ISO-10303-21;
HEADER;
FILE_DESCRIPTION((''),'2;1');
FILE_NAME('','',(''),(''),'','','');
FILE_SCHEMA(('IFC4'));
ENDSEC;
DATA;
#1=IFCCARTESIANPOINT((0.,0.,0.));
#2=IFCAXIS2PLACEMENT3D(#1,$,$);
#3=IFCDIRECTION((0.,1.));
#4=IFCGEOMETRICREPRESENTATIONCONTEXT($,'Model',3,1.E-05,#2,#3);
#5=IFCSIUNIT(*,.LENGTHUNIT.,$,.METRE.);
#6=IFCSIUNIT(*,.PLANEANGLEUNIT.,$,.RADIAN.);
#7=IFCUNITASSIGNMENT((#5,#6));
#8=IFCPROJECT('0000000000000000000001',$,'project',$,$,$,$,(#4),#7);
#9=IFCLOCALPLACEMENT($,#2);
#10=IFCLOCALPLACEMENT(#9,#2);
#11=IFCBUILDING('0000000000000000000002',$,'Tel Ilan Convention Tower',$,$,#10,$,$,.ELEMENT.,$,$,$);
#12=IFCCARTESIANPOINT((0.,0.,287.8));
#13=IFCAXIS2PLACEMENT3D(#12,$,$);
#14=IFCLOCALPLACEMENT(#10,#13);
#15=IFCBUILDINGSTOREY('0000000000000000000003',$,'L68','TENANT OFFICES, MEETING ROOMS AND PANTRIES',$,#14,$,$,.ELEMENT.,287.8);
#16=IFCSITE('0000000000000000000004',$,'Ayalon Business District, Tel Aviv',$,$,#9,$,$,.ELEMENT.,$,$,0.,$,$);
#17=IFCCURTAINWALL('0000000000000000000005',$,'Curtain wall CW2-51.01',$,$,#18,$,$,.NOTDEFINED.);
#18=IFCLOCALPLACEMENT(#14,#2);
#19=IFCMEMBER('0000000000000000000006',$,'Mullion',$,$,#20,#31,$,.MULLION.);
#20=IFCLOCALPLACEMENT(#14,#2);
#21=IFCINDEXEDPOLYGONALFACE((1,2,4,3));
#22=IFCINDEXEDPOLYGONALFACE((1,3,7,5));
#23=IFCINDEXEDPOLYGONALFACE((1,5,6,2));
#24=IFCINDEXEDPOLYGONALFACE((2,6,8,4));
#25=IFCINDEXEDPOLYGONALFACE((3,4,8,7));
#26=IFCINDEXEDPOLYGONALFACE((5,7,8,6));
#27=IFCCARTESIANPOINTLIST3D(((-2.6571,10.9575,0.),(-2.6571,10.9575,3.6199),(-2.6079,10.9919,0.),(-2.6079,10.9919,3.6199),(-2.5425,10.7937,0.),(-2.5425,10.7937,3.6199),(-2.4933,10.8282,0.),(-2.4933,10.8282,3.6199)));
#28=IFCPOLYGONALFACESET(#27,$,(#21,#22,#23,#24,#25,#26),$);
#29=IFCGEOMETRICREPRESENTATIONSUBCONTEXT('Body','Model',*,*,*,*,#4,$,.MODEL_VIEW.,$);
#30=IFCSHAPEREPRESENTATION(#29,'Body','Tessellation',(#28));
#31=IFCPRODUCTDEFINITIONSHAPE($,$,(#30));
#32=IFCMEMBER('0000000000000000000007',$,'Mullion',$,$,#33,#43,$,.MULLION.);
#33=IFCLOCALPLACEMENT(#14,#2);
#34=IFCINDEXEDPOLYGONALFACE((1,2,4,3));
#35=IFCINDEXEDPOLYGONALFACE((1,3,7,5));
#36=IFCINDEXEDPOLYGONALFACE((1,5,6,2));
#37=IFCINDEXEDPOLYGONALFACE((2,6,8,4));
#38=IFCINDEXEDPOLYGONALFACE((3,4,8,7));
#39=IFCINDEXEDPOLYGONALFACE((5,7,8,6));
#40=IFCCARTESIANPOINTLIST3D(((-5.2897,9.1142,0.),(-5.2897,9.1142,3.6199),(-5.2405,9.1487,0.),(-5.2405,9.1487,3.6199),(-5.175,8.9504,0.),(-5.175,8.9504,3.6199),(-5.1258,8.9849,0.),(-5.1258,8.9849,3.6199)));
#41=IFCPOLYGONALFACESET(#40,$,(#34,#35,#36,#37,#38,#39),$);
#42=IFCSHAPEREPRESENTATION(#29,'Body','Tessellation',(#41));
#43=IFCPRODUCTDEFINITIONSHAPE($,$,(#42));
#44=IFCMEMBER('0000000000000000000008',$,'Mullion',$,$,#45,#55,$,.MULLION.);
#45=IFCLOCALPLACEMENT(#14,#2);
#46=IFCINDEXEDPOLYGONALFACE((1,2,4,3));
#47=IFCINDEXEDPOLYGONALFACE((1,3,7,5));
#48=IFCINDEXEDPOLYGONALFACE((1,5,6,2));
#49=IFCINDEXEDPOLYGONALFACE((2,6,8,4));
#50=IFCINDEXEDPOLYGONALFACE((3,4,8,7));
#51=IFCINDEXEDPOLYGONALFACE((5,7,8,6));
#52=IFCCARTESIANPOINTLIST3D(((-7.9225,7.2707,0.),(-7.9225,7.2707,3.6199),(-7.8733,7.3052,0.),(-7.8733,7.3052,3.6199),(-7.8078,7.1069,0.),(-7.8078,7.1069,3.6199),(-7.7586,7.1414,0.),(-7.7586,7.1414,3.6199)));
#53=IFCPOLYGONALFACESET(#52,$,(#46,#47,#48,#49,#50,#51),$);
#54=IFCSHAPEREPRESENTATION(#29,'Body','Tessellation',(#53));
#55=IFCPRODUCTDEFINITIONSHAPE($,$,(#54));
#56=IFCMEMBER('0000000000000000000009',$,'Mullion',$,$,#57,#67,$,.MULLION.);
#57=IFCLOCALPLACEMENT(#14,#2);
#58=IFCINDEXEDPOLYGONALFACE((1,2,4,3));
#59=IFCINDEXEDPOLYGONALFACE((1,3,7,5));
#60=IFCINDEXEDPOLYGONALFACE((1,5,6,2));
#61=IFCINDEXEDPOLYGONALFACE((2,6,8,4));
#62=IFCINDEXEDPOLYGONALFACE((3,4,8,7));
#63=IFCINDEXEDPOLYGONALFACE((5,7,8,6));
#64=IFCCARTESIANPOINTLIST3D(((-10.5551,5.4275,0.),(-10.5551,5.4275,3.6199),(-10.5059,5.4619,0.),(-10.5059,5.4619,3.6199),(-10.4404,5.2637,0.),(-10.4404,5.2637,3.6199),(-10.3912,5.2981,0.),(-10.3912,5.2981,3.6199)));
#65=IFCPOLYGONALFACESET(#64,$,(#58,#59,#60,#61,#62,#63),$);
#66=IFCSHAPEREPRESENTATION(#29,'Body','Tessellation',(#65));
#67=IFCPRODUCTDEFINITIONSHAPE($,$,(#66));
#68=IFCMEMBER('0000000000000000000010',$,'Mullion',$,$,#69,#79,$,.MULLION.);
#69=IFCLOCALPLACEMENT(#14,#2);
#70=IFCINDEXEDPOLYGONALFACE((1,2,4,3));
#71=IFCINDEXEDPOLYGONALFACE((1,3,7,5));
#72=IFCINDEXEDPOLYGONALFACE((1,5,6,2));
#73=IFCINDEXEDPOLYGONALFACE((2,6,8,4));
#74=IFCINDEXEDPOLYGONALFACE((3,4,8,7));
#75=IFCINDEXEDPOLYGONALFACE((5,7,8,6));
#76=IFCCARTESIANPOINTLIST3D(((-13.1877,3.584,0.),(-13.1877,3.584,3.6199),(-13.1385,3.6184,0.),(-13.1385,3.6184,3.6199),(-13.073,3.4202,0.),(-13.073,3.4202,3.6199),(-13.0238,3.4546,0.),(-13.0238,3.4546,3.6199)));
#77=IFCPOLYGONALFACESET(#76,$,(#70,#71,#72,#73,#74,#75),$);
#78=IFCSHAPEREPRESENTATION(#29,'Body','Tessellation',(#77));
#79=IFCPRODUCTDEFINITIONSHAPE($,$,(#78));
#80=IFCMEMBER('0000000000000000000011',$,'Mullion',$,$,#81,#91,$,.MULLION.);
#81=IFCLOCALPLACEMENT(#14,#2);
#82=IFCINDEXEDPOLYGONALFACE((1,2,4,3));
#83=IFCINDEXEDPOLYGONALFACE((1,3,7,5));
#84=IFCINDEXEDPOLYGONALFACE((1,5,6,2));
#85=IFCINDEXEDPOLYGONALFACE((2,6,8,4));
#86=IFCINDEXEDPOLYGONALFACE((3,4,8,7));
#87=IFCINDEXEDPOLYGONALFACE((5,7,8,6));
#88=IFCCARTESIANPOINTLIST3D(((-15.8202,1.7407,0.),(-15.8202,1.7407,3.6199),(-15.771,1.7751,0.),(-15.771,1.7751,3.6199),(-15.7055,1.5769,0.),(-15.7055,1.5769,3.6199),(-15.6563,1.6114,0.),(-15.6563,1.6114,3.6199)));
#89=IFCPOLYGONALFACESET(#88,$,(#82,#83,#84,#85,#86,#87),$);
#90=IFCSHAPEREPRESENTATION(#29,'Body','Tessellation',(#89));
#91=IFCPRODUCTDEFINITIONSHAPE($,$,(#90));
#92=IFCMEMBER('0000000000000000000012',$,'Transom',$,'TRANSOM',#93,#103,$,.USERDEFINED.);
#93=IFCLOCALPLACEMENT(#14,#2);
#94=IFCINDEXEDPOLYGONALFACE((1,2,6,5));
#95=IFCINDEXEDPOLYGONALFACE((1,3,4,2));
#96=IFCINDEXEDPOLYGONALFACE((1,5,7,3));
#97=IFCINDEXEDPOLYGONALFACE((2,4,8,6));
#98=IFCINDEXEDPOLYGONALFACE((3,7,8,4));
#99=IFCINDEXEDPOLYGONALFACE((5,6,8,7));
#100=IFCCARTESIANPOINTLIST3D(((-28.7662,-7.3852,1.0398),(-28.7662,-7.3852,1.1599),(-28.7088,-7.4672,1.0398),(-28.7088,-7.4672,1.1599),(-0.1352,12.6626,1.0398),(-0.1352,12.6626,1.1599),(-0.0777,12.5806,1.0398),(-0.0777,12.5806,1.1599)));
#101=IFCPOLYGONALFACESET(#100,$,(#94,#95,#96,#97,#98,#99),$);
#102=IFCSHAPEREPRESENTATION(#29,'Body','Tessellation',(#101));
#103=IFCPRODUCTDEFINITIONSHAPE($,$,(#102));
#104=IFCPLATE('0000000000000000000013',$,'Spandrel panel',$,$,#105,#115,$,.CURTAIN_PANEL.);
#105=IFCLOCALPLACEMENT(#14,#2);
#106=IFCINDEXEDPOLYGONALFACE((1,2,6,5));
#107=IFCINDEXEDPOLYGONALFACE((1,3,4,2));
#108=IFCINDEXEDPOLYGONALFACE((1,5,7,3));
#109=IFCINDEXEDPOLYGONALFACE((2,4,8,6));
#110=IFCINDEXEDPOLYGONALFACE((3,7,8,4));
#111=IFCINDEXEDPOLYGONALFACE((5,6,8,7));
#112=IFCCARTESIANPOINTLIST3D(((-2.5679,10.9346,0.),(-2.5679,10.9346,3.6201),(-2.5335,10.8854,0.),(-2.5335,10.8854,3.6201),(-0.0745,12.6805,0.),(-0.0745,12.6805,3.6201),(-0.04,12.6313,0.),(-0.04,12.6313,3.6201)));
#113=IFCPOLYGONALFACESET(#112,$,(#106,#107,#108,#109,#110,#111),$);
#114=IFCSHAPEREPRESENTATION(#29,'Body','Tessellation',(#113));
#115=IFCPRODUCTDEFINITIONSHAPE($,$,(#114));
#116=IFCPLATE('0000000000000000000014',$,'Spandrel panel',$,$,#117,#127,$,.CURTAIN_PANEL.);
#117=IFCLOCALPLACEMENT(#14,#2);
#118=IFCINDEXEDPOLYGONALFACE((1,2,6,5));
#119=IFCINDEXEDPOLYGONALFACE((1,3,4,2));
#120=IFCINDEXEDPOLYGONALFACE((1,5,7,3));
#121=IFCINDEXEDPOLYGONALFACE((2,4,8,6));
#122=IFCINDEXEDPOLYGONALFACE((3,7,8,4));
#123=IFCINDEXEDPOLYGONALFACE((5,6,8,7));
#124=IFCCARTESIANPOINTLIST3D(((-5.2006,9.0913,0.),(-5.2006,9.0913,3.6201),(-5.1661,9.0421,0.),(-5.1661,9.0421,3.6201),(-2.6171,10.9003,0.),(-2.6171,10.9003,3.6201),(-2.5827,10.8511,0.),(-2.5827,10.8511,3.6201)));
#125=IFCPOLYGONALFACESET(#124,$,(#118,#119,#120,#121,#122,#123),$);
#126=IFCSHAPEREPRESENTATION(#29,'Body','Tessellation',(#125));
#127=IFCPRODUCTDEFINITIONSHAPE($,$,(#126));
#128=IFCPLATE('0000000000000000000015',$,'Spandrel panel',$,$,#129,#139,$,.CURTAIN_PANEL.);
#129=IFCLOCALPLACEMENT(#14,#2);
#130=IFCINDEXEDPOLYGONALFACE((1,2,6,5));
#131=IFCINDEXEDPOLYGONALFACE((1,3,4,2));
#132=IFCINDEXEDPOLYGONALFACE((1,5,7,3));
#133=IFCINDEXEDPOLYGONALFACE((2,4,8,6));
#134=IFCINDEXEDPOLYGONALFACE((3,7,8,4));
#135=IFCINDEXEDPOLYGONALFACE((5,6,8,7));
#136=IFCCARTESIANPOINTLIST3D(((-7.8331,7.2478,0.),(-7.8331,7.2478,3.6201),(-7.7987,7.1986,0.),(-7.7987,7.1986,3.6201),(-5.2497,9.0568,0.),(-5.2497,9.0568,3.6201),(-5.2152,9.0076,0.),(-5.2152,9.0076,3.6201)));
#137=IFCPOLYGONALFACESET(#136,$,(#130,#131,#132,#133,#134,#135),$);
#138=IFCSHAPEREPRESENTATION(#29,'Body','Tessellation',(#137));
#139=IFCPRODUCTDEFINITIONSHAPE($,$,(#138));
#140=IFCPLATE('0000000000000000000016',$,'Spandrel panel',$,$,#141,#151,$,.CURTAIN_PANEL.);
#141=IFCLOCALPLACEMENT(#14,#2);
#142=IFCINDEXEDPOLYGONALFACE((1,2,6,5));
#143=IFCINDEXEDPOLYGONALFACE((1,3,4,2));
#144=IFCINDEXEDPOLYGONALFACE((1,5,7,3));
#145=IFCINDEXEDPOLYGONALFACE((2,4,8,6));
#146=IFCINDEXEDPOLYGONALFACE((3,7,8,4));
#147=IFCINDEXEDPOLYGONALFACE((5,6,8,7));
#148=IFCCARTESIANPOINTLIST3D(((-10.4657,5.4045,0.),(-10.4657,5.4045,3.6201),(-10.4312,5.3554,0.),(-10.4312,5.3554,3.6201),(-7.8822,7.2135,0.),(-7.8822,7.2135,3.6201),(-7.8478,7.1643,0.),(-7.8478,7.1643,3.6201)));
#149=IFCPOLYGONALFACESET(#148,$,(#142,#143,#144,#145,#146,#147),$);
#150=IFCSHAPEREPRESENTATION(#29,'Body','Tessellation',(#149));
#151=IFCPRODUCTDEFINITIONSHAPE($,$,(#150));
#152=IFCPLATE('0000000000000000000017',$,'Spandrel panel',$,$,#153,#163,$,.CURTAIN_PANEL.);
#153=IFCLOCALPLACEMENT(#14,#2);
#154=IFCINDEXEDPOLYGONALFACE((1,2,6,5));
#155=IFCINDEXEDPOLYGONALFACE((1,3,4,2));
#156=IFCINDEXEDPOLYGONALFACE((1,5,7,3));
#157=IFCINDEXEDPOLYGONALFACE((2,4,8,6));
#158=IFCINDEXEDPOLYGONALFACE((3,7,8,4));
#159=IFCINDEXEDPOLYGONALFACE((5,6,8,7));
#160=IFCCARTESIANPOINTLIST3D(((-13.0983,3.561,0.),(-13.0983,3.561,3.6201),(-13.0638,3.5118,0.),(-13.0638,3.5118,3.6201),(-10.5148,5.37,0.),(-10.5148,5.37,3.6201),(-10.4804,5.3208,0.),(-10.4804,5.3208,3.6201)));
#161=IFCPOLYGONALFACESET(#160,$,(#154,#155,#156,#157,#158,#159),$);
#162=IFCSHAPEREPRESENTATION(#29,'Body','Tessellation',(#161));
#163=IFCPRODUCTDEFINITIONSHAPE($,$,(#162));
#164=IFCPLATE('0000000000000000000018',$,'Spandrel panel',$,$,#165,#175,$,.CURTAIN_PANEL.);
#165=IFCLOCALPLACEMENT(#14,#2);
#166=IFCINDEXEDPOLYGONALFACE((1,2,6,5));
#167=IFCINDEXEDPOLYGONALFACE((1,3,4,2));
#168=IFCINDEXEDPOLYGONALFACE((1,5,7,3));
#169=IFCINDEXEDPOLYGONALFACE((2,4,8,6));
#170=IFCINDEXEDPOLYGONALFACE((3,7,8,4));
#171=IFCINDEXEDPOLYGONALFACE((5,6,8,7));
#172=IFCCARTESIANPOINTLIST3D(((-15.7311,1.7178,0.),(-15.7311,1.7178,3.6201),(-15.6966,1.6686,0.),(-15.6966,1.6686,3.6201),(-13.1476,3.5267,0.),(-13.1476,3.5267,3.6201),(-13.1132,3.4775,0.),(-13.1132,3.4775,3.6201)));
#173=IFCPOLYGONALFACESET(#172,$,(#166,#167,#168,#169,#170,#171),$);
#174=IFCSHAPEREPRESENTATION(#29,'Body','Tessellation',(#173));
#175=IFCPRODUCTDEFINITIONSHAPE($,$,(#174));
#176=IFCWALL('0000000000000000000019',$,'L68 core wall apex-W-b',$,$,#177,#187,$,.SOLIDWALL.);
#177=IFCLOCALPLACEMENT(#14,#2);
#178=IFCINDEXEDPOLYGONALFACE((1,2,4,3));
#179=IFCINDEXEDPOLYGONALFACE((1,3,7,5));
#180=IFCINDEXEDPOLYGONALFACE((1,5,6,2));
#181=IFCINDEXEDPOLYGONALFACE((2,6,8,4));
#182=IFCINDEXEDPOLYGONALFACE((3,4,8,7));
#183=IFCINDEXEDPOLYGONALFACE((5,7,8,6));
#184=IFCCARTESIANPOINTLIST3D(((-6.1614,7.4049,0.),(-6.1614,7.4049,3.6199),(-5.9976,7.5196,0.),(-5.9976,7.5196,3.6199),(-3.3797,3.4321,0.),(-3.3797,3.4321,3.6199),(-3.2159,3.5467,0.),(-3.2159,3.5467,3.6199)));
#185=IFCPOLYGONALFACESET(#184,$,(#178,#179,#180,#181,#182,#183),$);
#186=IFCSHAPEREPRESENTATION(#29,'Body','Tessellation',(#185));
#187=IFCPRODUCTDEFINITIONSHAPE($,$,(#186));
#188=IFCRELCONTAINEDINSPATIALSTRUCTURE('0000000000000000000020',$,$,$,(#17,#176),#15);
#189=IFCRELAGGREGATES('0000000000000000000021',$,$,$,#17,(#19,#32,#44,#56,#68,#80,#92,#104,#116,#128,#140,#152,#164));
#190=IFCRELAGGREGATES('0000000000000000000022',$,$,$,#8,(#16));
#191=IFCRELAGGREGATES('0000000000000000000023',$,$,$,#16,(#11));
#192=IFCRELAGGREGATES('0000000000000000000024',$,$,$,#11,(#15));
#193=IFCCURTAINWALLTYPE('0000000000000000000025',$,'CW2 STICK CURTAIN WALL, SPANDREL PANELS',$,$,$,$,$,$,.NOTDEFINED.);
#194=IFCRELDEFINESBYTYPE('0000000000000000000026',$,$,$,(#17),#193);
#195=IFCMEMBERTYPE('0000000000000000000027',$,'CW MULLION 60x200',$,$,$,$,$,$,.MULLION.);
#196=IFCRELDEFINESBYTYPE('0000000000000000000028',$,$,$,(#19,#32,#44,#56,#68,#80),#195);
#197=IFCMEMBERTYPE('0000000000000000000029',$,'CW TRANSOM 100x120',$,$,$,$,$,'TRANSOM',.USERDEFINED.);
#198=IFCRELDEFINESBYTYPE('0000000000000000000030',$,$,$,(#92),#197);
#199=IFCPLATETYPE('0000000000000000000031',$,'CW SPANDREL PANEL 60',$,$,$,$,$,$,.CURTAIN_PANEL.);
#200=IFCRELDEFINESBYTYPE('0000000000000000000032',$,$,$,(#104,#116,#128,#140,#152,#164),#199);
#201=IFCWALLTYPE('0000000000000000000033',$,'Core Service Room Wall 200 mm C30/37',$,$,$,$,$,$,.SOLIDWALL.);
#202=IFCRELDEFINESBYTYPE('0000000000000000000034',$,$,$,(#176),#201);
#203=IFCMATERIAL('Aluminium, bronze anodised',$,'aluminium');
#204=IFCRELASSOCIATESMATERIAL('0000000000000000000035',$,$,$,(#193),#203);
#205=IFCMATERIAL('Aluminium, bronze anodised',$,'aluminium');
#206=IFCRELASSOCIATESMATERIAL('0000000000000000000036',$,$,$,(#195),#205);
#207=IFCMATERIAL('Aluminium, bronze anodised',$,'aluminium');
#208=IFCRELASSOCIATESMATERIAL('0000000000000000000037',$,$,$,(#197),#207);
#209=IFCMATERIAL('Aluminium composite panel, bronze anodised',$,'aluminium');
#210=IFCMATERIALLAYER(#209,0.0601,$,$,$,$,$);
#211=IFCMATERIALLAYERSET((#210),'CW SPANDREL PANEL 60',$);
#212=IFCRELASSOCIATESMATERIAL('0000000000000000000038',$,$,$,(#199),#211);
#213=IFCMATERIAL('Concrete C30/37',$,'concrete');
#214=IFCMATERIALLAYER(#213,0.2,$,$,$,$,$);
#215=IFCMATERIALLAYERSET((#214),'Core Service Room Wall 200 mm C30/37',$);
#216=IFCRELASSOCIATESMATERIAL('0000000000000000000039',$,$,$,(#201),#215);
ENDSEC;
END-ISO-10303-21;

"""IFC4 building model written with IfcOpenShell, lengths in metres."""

from ifc_helpers import new_model, si_unit, direction, frame, frame_2d, origin, origin_2d, place, context, subcontext, project, spatial, rectangle, extrude, material, layer, layer_set, material_profile, profile_set, type_object, element, aggregate, save


model = new_model("IFC4")

# Units and contexts
model_context = context("Model", 3, precision=1e-05, world=origin(), true_north=direction((0.0, 1.0)))
body_context = subcontext(model_context, "Body", "Model", "MODEL_VIEW")
ifc_project = project(units=[si_unit("LENGTHUNIT", "METRE"), si_unit("PLANEANGLEUNIT", "RADIAN")], contexts=[model_context])

# Site, building, storey
site_placement = place(None, origin())
site = spatial("IfcSite", under=ifc_project, at=site_placement, Name="Ayalon Business District, Tel Aviv", CompositionType="ELEMENT", RefElevation=0.0)
building_placement = place(site_placement, origin())
building = spatial("IfcBuilding", under=site, at=building_placement, Name="Tel Ilan Convention Tower", CompositionType="ELEMENT")
storey_placement = place(building_placement, frame((0.0, 0.0, 287.8)))
storey = spatial("IfcBuildingStorey", under=building, at=storey_placement, Name="L68", Description="TENANT OFFICES, MEETING ROOMS AND PANTRIES", CompositionType="ELEMENT", Elevation=287.8)

# Curtain wall, members, plates
ifc_material_1 = material(Name="Aluminium, bronze anodised", Category="aluminium")
curtain_wall_type = type_object("IfcCurtainWallType", Name="CW2 STICK CURTAIN WALL, SPANDREL PANELS", PredefinedType="NOTDEFINED", material=ifc_material_1)
curtain_wall_placement = place(storey_placement, origin())
curtain_wall = element("IfcCurtainWall", 1, at=curtain_wall_placement, inside=storey, type_object=curtain_wall_type, Name="Curtain wall CW2-51.01", PredefinedType="NOTDEFINED")
ifc_material_2 = material(Name="Aluminium, bronze anodised", Category="aluminium")
ifc_material_profile_1 = material_profile(ifc_material_2, rectangle(XDim=0.0601, YDim=0.2, at=origin_2d()), Name="CW MULLION 60x200")
ifc_profile_set_1 = profile_set([ifc_material_profile_1], Name="Aluminium, bronze anodised")
member_type_1 = type_object("IfcMemberType", Name="CW MULLION 60x200", PredefinedType="MULLION", material=ifc_profile_set_1)
member_1_placement = place(storey_placement, frame((-2.5752, 10.8928, 0.0), z_axis=(0.0, 0.0, 1.0), x_axis=(-0.819152, -0.573576, 0.0)))
member_1 = element("IfcMember", 2, at=member_1_placement, type_object=member_type_1, Name="Mullion", PredefinedType="MULLION", context=body_context, shape_type="SweptSolid", body=[
    extrude(rectangle(XDim=0.0601, YDim=0.2, at=origin_2d()), origin(), (0.0, 0.0, 1.0), 3.6199),
])
member_2_placement = place(storey_placement, frame((-5.2078, 9.0496, 0.0), z_axis=(0.0, 0.0, 1.0), x_axis=(-0.819152, -0.573576, 0.0)))
member_2 = element("IfcMember", 3, at=member_2_placement, type_object=member_type_1, Name="Mullion", PredefinedType="MULLION", context=body_context, shape_type="SweptSolid", body=[
    extrude(rectangle(XDim=0.0601, YDim=0.2, at=origin_2d()), origin(), (0.0, 0.0, 1.0), 3.6199),
])
member_3_placement = place(storey_placement, frame((-7.8406, 7.2061, 0.0), z_axis=(0.0, 0.0, 1.0), x_axis=(-0.819152, -0.573576, 0.0)))
member_3 = element("IfcMember", 4, at=member_3_placement, type_object=member_type_1, Name="Mullion", PredefinedType="MULLION", context=body_context, shape_type="SweptSolid", body=[
    extrude(rectangle(XDim=0.0601, YDim=0.2, at=origin_2d()), origin(), (0.0, 0.0, 1.0), 3.6199),
])
member_4_placement = place(storey_placement, frame((-10.4731, 5.3628, 0.0), z_axis=(0.0, 0.0, 1.0), x_axis=(-0.819152, -0.573576, 0.0)))
member_4 = element("IfcMember", 5, at=member_4_placement, type_object=member_type_1, Name="Mullion", PredefinedType="MULLION", context=body_context, shape_type="SweptSolid", body=[
    extrude(rectangle(XDim=0.0601, YDim=0.2, at=origin_2d()), origin(), (0.0, 0.0, 1.0), 3.6199),
])
member_5_placement = place(storey_placement, frame((-13.1057, 3.5193, 0.0), z_axis=(0.0, 0.0, 1.0), x_axis=(-0.819152, -0.573576, 0.0)))
member_5 = element("IfcMember", 6, at=member_5_placement, type_object=member_type_1, Name="Mullion", PredefinedType="MULLION", context=body_context, shape_type="SweptSolid", body=[
    extrude(rectangle(XDim=0.0601, YDim=0.2, at=origin_2d()), origin(), (0.0, 0.0, 1.0), 3.6199),
])
member_6_placement = place(storey_placement, frame((-15.7383, 1.676, 0.0), z_axis=(0.0, 0.0, 1.0), x_axis=(-0.819152, -0.573576, 0.0)))
member_6 = element("IfcMember", 7, at=member_6_placement, type_object=member_type_1, Name="Mullion", PredefinedType="MULLION", context=body_context, shape_type="SweptSolid", body=[
    extrude(rectangle(XDim=0.0601, YDim=0.2, at=origin_2d()), origin(), (0.0, 0.0, 1.0), 3.6199),
])
ifc_material_3 = material(Name="Aluminium, bronze anodised", Category="aluminium")
ifc_material_profile_2 = material_profile(ifc_material_3, rectangle(XDim=0.1001, YDim=0.1201, at=origin_2d()), Name="CW TRANSOM 100x120")
ifc_profile_set_2 = profile_set([ifc_material_profile_2], Name="Aluminium, bronze anodised")
member_type_2 = type_object("IfcMemberType", Name="CW TRANSOM 100x120", ElementType="TRANSOM", PredefinedType="USERDEFINED", material=ifc_profile_set_2)
member_7_placement = place(storey_placement, frame((-0.1064, 12.6216, 1.0999), z_axis=(-0.81915, -0.573579, 0.0), x_axis=(0.573579, -0.81915, 0.0)))
member_7 = element("IfcMember", 8, at=member_7_placement, type_object=member_type_2, Name="Transom", ObjectType="TRANSOM", PredefinedType="USERDEFINED", context=body_context, shape_type="SweptSolid", body=[
    extrude(rectangle(XDim=0.1001, YDim=0.1201, at=origin_2d()), origin(), (0.0, 0.0, 1.0), 34.9521),
])
ifc_material_4 = material(Name="Aluminium composite panel, bronze anodised", Category="aluminium")
ifc_layer_1 = layer(ifc_material_4, 0.0601)
ifc_layer_set_1 = layer_set([ifc_layer_1], Name="CW SPANDREL PANEL 60")
plate_type = type_object("IfcPlateType", Name="CW SPANDREL PANEL 60", PredefinedType="CURTAIN_PANEL", material=ifc_layer_set_1)
plate_1_placement = place(storey_placement, frame((-1.304, 11.783, 0.0), z_axis=(0.0, 0.0, 1.0), x_axis=(-0.819152, -0.573576, 0.0)))
plate_1 = element("IfcPlate", 9, at=plate_1_placement, type_object=plate_type, Name="Spandrel panel", PredefinedType="CURTAIN_PANEL", context=body_context, shape_type="SweptSolid", body=[
    extrude(rectangle(XDim=3.0439, YDim=0.0601, at=origin_2d()), origin(), (0.0, 0.0, 1.0), 3.6201),
])
plate_2_placement = place(storey_placement, frame((-3.8916, 9.9712, 0.0), z_axis=(0.0, 0.0, 1.0), x_axis=(-0.819152, -0.573576, 0.0)))
plate_2 = element("IfcPlate", 10, at=plate_2_placement, type_object=plate_type, Name="Spandrel panel", PredefinedType="CURTAIN_PANEL", context=body_context, shape_type="SweptSolid", body=[
    extrude(rectangle(XDim=3.1538, YDim=0.0601, at=origin_2d()), origin(), (0.0, 0.0, 1.0), 3.6201),
])
plate_3_placement = place(storey_placement, frame((-6.5242, 8.1277, 0.0), z_axis=(0.0, 0.0, 1.0), x_axis=(-0.819152, -0.573576, 0.0)))
plate_3 = element("IfcPlate", 11, at=plate_3_placement, type_object=plate_type, Name="Spandrel panel", PredefinedType="CURTAIN_PANEL", context=body_context, shape_type="SweptSolid", body=[
    extrude(rectangle(XDim=3.1538, YDim=0.0601, at=origin_2d()), origin(), (0.0, 0.0, 1.0), 3.6201),
])
plate_4_placement = place(storey_placement, frame((-9.1567, 6.2844, 0.0), z_axis=(0.0, 0.0, 1.0), x_axis=(-0.819152, -0.573576, 0.0)))
plate_4 = element("IfcPlate", 12, at=plate_4_placement, type_object=plate_type, Name="Spandrel panel", PredefinedType="CURTAIN_PANEL", context=body_context, shape_type="SweptSolid", body=[
    extrude(rectangle(XDim=3.1538, YDim=0.0601, at=origin_2d()), origin(), (0.0, 0.0, 1.0), 3.6201),
])
plate_5_placement = place(storey_placement, frame((-11.7893, 4.4409, 0.0), z_axis=(0.0, 0.0, 1.0), x_axis=(-0.819152, -0.573576, 0.0)))
plate_5 = element("IfcPlate", 13, at=plate_5_placement, type_object=plate_type, Name="Spandrel panel", PredefinedType="CURTAIN_PANEL", context=body_context, shape_type="SweptSolid", body=[
    extrude(rectangle(XDim=3.1538, YDim=0.0601, at=origin_2d()), origin(), (0.0, 0.0, 1.0), 3.6201),
])
plate_6_placement = place(storey_placement, frame((-14.4221, 2.5977, 0.0), z_axis=(0.0, 0.0, 1.0), x_axis=(-0.819152, -0.573576, 0.0)))
plate_6 = element("IfcPlate", 14, at=plate_6_placement, type_object=plate_type, Name="Spandrel panel", PredefinedType="CURTAIN_PANEL", context=body_context, shape_type="SweptSolid", body=[
    extrude(rectangle(XDim=3.1538, YDim=0.0601, at=origin_2d()), origin(), (0.0, 0.0, 1.0), 3.6201),
])
aggregate(curtain_wall, [member_1, member_2, member_3, member_4, member_5, member_6, member_7, plate_1, plate_2, plate_3, plate_4, plate_5, plate_6])

# Wall
ifc_material_5 = material(Name="Concrete C30/37", Category="concrete")
ifc_layer_2 = layer(ifc_material_5, 0.2)
ifc_layer_set_2 = layer_set([ifc_layer_2], Name="Core Service Room Wall 200 mm C30/37")
wall_type_1 = type_object("IfcWallType", Name="Core Service Room Wall 200 mm C30/37", PredefinedType="SOLIDWALL", material=ifc_layer_set_2)
wall_1_placement = place(storey_placement, frame((-3.2979, 3.4895, 0.0), z_axis=(0.0, 0.0, 1.0), x_axis=(-0.57356, 0.819163, 0.0)))
element("IfcWall", 15, at=wall_1_placement, inside=storey, type_object=wall_type_1, Name="L68 core wall apex-W-b", PredefinedType="SOLIDWALL", context=body_context, shape_type="SweptSolid", body=[
    extrude(rectangle(XDim=4.8499, YDim=0.2, at=frame_2d((2.4248, 0.0))), origin(), (0.0, 0.0, 1.0), 3.6199),
])

save(model, "model.ifc")
